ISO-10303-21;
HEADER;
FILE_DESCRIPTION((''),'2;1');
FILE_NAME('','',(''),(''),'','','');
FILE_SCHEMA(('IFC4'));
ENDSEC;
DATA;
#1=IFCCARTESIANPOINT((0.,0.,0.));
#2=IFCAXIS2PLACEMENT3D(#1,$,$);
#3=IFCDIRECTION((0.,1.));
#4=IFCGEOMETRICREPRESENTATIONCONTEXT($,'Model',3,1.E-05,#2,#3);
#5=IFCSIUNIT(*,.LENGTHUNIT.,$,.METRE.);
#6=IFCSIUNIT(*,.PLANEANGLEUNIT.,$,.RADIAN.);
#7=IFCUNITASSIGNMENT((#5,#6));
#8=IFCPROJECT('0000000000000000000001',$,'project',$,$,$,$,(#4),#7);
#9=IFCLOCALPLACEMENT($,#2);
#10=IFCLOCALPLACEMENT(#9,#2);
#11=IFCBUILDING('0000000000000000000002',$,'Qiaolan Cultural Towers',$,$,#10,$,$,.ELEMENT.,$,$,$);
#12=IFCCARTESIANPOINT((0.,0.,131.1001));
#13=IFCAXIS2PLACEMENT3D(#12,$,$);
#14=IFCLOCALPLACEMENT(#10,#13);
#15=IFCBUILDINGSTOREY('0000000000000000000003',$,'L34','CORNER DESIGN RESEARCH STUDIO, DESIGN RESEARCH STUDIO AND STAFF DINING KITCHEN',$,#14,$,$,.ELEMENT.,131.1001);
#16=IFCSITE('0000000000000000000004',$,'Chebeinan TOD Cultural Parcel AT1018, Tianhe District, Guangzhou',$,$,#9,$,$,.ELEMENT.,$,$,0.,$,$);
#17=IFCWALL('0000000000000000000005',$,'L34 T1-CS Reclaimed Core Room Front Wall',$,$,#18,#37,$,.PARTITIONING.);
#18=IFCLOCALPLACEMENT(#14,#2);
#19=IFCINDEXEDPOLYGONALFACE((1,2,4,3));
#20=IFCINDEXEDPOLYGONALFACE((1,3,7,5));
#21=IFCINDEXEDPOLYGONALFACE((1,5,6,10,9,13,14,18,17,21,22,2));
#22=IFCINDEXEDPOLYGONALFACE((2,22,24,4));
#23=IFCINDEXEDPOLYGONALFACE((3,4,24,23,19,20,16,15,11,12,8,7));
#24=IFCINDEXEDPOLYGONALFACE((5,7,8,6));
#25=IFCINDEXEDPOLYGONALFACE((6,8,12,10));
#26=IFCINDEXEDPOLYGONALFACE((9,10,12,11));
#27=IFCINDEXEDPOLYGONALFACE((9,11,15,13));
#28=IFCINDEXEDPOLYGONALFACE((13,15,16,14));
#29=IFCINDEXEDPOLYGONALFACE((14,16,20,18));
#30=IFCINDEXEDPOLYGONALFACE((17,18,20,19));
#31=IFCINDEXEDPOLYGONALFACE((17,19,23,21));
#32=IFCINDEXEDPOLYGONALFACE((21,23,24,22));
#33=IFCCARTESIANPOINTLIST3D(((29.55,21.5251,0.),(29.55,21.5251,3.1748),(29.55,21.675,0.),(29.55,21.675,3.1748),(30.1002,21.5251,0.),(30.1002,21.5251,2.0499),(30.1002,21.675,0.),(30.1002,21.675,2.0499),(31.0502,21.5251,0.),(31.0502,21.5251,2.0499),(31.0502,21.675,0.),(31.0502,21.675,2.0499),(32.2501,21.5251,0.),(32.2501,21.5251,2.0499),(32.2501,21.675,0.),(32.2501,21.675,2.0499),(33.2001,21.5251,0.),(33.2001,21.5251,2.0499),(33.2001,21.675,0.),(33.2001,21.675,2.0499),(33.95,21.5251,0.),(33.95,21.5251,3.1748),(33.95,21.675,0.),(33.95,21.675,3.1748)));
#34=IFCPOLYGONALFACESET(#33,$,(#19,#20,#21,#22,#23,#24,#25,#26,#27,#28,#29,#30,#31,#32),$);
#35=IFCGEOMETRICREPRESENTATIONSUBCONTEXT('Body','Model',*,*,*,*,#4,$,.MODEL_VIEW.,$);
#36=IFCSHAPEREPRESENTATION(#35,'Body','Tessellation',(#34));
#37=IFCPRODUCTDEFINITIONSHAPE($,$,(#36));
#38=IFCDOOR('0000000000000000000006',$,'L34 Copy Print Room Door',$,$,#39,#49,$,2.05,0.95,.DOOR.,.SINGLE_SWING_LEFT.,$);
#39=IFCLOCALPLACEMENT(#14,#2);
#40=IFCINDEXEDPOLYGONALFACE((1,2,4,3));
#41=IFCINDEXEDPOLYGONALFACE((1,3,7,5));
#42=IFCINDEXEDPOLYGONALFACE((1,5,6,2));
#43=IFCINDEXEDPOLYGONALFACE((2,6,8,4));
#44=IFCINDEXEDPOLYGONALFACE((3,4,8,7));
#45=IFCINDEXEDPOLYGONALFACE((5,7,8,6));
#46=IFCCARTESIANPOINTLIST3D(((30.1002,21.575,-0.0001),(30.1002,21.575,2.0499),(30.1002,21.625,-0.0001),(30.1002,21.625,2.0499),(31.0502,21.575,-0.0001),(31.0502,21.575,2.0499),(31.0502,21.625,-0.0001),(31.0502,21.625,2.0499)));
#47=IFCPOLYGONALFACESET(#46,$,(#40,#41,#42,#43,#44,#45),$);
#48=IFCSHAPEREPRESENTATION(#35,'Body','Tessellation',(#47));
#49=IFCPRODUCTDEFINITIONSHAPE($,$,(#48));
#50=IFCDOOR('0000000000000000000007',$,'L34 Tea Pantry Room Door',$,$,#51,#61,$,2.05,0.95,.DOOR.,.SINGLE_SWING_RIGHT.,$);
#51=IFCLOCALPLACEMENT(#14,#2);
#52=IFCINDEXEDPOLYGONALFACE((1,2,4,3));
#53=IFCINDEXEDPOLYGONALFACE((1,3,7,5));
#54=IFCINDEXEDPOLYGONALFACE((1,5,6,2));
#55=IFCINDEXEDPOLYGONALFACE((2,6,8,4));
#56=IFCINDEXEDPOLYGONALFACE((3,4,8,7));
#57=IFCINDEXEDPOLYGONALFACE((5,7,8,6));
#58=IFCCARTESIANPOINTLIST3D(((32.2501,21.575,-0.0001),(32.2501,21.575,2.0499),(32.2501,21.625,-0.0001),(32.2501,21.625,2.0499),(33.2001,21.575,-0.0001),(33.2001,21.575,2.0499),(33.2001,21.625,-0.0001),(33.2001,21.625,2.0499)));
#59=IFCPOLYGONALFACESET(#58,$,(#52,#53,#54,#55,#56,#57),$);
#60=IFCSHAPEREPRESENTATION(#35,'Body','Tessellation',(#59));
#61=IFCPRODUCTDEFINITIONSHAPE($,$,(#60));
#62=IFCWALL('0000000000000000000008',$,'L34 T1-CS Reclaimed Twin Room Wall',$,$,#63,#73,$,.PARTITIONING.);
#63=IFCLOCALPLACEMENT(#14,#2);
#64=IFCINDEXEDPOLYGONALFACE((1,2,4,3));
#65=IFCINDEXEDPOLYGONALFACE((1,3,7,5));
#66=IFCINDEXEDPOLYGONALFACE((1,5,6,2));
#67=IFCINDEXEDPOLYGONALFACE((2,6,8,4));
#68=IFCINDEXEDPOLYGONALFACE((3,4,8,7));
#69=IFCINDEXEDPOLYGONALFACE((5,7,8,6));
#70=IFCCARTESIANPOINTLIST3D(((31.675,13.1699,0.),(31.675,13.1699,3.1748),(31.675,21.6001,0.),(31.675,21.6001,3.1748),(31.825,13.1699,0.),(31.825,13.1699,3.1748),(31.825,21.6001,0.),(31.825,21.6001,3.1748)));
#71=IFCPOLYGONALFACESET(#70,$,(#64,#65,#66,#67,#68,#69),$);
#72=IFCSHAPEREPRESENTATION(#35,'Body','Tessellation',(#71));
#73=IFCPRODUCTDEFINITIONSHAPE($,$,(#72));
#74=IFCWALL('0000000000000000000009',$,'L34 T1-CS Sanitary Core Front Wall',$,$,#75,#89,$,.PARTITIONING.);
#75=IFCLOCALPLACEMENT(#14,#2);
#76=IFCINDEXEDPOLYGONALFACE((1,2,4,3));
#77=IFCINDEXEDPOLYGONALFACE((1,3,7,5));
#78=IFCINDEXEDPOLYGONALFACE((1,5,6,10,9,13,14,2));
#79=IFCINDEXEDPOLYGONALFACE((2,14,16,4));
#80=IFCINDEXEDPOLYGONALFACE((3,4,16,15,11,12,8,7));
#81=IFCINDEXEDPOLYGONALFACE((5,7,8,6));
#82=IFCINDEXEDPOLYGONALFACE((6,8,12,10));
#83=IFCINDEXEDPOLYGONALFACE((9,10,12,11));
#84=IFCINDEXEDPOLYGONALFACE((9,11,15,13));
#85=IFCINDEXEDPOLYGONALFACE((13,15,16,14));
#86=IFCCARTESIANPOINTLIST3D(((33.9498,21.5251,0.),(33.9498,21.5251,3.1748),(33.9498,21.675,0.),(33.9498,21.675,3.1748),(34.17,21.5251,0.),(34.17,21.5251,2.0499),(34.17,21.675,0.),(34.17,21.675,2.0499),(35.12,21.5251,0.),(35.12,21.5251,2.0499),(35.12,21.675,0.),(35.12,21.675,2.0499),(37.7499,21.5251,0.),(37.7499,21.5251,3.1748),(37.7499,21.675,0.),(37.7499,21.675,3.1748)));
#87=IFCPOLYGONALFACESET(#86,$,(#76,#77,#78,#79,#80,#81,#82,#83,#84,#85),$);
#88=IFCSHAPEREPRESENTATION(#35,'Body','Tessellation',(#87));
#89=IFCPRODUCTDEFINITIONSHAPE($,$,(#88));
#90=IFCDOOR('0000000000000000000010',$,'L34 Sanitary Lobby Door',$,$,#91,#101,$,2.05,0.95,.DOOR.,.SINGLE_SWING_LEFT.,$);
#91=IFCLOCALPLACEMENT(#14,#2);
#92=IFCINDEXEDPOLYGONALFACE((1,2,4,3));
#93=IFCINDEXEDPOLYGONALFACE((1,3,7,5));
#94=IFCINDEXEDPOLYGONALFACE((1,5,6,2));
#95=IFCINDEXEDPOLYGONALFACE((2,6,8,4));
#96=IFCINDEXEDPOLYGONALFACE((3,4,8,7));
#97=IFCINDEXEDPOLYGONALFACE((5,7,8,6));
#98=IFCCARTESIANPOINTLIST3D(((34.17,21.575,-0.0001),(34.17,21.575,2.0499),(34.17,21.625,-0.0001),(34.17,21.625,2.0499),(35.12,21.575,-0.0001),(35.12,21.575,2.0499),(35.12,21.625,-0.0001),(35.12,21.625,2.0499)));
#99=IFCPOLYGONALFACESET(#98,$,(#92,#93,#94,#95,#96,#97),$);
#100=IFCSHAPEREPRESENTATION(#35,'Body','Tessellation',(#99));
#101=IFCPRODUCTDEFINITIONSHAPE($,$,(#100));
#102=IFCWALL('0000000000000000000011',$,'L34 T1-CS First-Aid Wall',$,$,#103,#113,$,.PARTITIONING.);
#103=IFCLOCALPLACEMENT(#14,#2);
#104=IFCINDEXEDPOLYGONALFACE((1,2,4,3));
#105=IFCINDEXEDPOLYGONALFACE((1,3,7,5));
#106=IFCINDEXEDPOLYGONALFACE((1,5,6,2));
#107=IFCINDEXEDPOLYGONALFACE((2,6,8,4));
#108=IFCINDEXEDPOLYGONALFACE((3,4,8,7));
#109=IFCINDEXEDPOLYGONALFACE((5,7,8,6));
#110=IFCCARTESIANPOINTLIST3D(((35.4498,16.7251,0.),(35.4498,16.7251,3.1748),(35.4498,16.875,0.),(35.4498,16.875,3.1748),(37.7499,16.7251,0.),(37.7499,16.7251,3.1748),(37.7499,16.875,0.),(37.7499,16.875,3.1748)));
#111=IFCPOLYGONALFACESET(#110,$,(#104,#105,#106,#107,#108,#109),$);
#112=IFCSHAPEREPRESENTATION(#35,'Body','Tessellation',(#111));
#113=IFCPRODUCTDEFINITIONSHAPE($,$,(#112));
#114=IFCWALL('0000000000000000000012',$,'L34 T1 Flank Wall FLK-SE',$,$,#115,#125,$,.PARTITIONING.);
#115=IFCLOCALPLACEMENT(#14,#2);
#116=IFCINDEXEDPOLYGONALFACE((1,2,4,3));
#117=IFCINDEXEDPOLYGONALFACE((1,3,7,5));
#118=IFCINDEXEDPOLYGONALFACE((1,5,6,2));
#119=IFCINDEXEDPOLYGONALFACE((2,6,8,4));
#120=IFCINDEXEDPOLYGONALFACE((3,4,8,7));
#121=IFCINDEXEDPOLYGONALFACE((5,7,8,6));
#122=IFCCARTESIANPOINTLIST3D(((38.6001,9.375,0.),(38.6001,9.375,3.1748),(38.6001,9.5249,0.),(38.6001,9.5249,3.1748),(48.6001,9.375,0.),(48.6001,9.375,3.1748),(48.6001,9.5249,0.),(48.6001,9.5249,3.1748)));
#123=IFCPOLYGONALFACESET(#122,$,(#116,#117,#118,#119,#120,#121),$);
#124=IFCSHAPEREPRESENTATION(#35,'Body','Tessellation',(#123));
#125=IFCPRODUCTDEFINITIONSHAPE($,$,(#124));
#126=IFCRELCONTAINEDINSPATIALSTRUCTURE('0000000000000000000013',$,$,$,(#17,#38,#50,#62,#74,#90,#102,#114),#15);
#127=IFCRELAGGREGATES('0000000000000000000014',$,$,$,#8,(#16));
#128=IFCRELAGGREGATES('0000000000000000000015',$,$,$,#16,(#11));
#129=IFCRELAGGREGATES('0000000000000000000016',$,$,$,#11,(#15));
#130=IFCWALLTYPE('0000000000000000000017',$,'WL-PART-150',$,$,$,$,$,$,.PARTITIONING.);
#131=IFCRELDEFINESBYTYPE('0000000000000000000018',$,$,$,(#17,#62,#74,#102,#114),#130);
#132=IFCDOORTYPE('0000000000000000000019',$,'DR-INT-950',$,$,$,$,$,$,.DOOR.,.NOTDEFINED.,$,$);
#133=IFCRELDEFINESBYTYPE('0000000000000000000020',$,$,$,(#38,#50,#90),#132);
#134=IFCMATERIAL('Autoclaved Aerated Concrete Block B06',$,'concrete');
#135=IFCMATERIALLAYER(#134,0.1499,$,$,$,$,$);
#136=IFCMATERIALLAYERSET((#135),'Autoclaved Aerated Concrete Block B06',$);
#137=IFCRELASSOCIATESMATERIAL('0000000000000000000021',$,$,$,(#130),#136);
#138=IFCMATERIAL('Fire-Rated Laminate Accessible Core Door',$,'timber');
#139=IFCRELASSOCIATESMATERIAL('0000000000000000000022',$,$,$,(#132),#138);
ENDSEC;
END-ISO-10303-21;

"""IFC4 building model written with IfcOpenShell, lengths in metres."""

from ifc_helpers import new_model, si_unit, direction, frame, frame_2d, origin, place, context, subcontext, project, spatial, rectangle, extrude, material, layer, layer_set, type_object, element, fill, save


model = new_model("IFC4")

# Units and contexts
model_context = context("Model", 3, precision=1e-05, world=origin(), true_north=direction((0.0, 1.0)))
body_context = subcontext(model_context, "Body", "Model", "MODEL_VIEW")
ifc_project = project(units=[si_unit("LENGTHUNIT", "METRE"), si_unit("PLANEANGLEUNIT", "RADIAN")], contexts=[model_context])

# Site, building, storey
site_placement = place(None, origin())
site = spatial("IfcSite", under=ifc_project, at=site_placement, Name="Chebeinan TOD Cultural Parcel AT1018, Tianhe District, Guangzhou", CompositionType="ELEMENT", RefElevation=0.0)
building_placement = place(site_placement, origin())
building = spatial("IfcBuilding", under=site, at=building_placement, Name="Qiaolan Cultural Towers", CompositionType="ELEMENT")
storey_placement = place(building_placement, frame((0.0, 0.0, 131.1001)))
storey = spatial("IfcBuildingStorey", under=building, at=storey_placement, Name="L34", Description="CORNER DESIGN RESEARCH STUDIO, DESIGN RESEARCH STUDIO AND STAFF DINING KITCHEN", CompositionType="ELEMENT", Elevation=131.1001)

# Wall, openings, doors
ifc_material_1 = material(Name="Autoclaved Aerated Concrete Block B06", Category="concrete")
ifc_layer_1 = layer(ifc_material_1, 0.1499)
ifc_layer_set_1 = layer_set([ifc_layer_1], Name="Autoclaved Aerated Concrete Block B06")
wall_type_1 = type_object("IfcWallType", Name="WL-PART-150", PredefinedType="PARTITIONING", material=ifc_layer_set_1)
wall_1_placement = place(storey_placement, frame((29.55, 21.6001, 0.0), z_axis=(0.0, 0.0, 1.0), x_axis=(1.0, 0.0, 0.0)))
wall_1 = element("IfcWall", 1, at=wall_1_placement, inside=storey, type_object=wall_type_1, Name="L34 T1-CS Reclaimed Core Room Front Wall", PredefinedType="PARTITIONING", context=body_context, shape_type="SweptSolid", body=[
    extrude(rectangle(XDim=4.3999, YDim=0.1499, at=frame_2d((2.2, 0.0))), origin(), (0.0, 0.0, 1.0), 3.1748),
])
opening_1_placement = place(wall_1_placement, frame((0.55, 0.0, 0.0)))
opening_1 = element("IfcOpeningElement", 2, at=opening_1_placement, cuts=wall_1, PredefinedType="OPENING", context=body_context, shape_type="SweptSolid", body=[
    extrude(rectangle(XDim=0.95, YDim=2.05, at=frame_2d((0.4751, 1.0249))), frame((0.0, 0.085, 0.0), z_axis=(0.0, -1.0, 0.0), x_axis=(1.0, 0.0, 0.0)), (0.0, 0.0, 1.0), 0.1699),
])
opening_2_placement = place(wall_1_placement, frame((2.7, 0.0, 0.0)))
opening_2 = element("IfcOpeningElement", 3, at=opening_2_placement, cuts=wall_1, PredefinedType="OPENING", context=body_context, shape_type="SweptSolid", body=[
    extrude(rectangle(XDim=0.95, YDim=2.05, at=frame_2d((0.4751, 1.0249))), frame((0.0, 0.085, 0.0), z_axis=(0.0, -1.0, 0.0), x_axis=(1.0, 0.0, 0.0)), (0.0, 0.0, 1.0), 0.1699),
])
ifc_material_2 = material(Name="Fire-Rated Laminate Accessible Core Door", Category="timber")
door_type = type_object("IfcDoorType", Name="DR-INT-950", OperationType="NOTDEFINED", PredefinedType="DOOR", material=ifc_material_2)
door_1_placement = place(opening_1_placement, origin())
door_1 = element("IfcDoor", 4, at=door_1_placement, inside=storey, type_object=door_type, Name="L34 Copy Print Room Door", OperationType="SINGLE_SWING_LEFT", OverallHeight=2.05, OverallWidth=0.95, PredefinedType="DOOR", context=body_context, shape_type="SweptSolid", body=[
    extrude(rectangle(XDim=0.95, YDim=2.05, at=frame_2d((0.4751, 1.0249))), frame((0.0, 0.0249, 0.0), z_axis=(0.0, -1.0, 0.0), x_axis=(1.0, 0.0, 0.0)), (0.0, 0.0, 1.0), 0.05),
])
fill(opening_1, door_1)
door_2_placement = place(opening_2_placement, origin())
door_2 = element("IfcDoor", 5, at=door_2_placement, inside=storey, type_object=door_type, Name="L34 Tea Pantry Room Door", OperationType="SINGLE_SWING_RIGHT", OverallHeight=2.05, OverallWidth=0.95, PredefinedType="DOOR", context=body_context, shape_type="SweptSolid", body=[
    extrude(rectangle(XDim=0.95, YDim=2.05, at=frame_2d((0.4751, 1.0249))), frame((0.0, 0.0249, 0.0), z_axis=(0.0, -1.0, 0.0), x_axis=(1.0, 0.0, 0.0)), (0.0, 0.0, 1.0), 0.05),
])
fill(opening_2, door_2)

# Wall
wall_2_placement = place(storey_placement, frame((31.75, 21.6001, 0.0), z_axis=(0.0, 0.0, 1.0), x_axis=(0.0, -1.0, 0.0)))
element("IfcWall", 6, at=wall_2_placement, inside=storey, type_object=wall_type_1, Name="L34 T1-CS Reclaimed Twin Room Wall", PredefinedType="PARTITIONING", context=body_context, shape_type="SweptSolid", body=[
    extrude(rectangle(XDim=8.4302, YDim=0.1499, at=frame_2d((4.2151, 0.0))), origin(), (0.0, 0.0, 1.0), 3.1748),
])

# Wall, opening, door
wall_3_placement = place(storey_placement, frame((33.95, 21.6001, 0.0), z_axis=(0.0, 0.0, 1.0), x_axis=(1.0, 0.0, 0.0)))
wall_3 = element("IfcWall", 7, at=wall_3_placement, inside=storey, type_object=wall_type_1, Name="L34 T1-CS Sanitary Core Front Wall", PredefinedType="PARTITIONING", context=body_context, shape_type="SweptSolid", body=[
    extrude(rectangle(XDim=3.8, YDim=0.1499, at=frame_2d((1.8999, 0.0))), origin(), (0.0, 0.0, 1.0), 3.1748),
])
opening_3_placement = place(wall_3_placement, frame((0.22, 0.0, 0.0)))
opening_3 = element("IfcOpeningElement", 8, at=opening_3_placement, cuts=wall_3, PredefinedType="OPENING", context=body_context, shape_type="SweptSolid", body=[
    extrude(rectangle(XDim=0.95, YDim=2.05, at=frame_2d((0.4751, 1.0249))), frame((0.0, 0.085, 0.0), z_axis=(0.0, -1.0, 0.0), x_axis=(1.0, 0.0, 0.0)), (0.0, 0.0, 1.0), 0.1699),
])
door_3_placement = place(opening_3_placement, origin())
door_3 = element("IfcDoor", 9, at=door_3_placement, inside=storey, type_object=door_type, Name="L34 Sanitary Lobby Door", OperationType="SINGLE_SWING_LEFT", OverallHeight=2.05, OverallWidth=0.95, PredefinedType="DOOR", context=body_context, shape_type="SweptSolid", body=[
    extrude(rectangle(XDim=0.95, YDim=2.05, at=frame_2d((0.4751, 1.0249))), frame((0.0, 0.0249, 0.0), z_axis=(0.0, -1.0, 0.0), x_axis=(1.0, 0.0, 0.0)), (0.0, 0.0, 1.0), 0.05),
])
fill(opening_3, door_3)

# Walls
wall_4_placement = place(storey_placement, frame((35.45, 16.8, 0.0), z_axis=(0.0, 0.0, 1.0), x_axis=(1.0, 0.0, 0.0)))
element("IfcWall", 10, at=wall_4_placement, inside=storey, type_object=wall_type_1, Name="L34 T1-CS First-Aid Wall", PredefinedType="PARTITIONING", context=body_context, shape_type="SweptSolid", body=[
    extrude(rectangle(XDim=2.3, YDim=0.1499, at=frame_2d((1.1499, 0.0))), origin(), (0.0, 0.0, 1.0), 3.1748),
])
wall_5_placement = place(storey_placement, frame((38.6001, 9.45, 0.0), z_axis=(0.0, 0.0, 1.0), x_axis=(1.0, 0.0, 0.0)))
element("IfcWall", 11, at=wall_5_placement, inside=storey, type_object=wall_type_1, Name="L34 T1 Flank Wall FLK-SE", PredefinedType="PARTITIONING", context=body_context, shape_type="SweptSolid", body=[
    extrude(rectangle(XDim=10.0, YDim=0.1499, at=frame_2d((5.0, 0.0))), origin(), (0.0, 0.0, 1.0), 3.1748),
])

save(model, "model.ifc")
